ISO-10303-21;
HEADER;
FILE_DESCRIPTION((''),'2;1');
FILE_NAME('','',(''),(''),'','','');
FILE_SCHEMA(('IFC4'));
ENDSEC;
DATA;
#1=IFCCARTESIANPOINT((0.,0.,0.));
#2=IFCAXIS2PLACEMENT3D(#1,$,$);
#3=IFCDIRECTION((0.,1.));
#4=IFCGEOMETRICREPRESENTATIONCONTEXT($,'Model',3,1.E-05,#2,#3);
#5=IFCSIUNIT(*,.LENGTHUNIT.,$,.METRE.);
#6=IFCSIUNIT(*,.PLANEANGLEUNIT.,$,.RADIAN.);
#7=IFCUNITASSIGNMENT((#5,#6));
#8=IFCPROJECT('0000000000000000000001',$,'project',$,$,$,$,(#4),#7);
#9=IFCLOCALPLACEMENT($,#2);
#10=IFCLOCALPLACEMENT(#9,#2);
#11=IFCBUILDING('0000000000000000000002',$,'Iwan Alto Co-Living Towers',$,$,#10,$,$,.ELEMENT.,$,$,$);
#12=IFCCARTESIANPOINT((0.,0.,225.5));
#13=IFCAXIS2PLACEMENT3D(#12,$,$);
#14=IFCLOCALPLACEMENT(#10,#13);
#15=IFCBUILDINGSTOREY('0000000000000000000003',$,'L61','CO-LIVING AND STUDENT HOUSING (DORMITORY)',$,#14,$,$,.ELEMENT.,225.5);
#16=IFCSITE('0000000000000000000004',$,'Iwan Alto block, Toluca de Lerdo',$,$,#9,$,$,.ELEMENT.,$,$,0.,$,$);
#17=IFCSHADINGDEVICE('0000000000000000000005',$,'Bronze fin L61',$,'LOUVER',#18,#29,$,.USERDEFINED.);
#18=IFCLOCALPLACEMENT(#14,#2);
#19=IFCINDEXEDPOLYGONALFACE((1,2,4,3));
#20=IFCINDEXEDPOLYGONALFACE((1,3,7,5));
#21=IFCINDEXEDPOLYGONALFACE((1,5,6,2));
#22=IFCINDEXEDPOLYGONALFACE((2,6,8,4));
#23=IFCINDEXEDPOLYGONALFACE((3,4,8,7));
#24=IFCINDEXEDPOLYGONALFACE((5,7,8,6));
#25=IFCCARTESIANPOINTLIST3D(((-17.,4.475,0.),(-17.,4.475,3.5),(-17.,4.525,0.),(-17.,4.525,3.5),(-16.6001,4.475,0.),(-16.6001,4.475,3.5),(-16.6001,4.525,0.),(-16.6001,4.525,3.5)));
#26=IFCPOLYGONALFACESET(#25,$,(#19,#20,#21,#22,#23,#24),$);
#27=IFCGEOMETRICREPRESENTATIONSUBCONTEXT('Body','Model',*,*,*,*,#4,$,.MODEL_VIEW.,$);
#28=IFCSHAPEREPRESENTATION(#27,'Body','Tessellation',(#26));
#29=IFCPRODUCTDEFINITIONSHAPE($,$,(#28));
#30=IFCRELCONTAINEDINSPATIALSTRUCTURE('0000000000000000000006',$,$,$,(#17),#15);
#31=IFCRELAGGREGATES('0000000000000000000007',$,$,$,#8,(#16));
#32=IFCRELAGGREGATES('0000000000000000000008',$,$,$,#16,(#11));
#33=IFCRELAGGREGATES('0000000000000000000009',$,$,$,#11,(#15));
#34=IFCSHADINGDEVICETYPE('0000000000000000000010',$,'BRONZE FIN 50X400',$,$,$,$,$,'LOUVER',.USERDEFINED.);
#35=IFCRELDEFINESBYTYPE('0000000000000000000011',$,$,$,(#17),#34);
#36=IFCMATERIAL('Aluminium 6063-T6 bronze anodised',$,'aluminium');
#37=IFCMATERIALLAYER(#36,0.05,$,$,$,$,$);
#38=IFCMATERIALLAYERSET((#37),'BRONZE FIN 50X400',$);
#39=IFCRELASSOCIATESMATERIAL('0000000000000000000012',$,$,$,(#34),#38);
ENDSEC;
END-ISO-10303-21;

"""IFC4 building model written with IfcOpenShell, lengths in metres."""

from ifc_helpers import new_model, si_unit, direction, frame, origin, origin_2d, place, context, subcontext, project, spatial, rectangle, extrude, material, layer, layer_set, type_object, element, save


model = new_model("IFC4")

# Units and contexts
model_context = context("Model", 3, precision=1e-05, world=origin(), true_north=direction((0.0, 1.0)))
body_context = subcontext(model_context, "Body", "Model", "MODEL_VIEW")
ifc_project = project(units=[si_unit("LENGTHUNIT", "METRE"), si_unit("PLANEANGLEUNIT", "RADIAN")], contexts=[model_context])

# Site, building, storey
site_placement = place(None, origin())
site = spatial("IfcSite", under=ifc_project, at=site_placement, Name="Iwan Alto block, Toluca de Lerdo", CompositionType="ELEMENT", RefElevation=0.0)
building_placement = place(site_placement, origin())
building = spatial("IfcBuilding", under=site, at=building_placement, Name="Iwan Alto Co-Living Towers", CompositionType="ELEMENT")
storey_placement = place(building_placement, frame((0.0, 0.0, 225.5)))
storey = spatial("IfcBuildingStorey", under=building, at=storey_placement, Name="L61", Description="CO-LIVING AND STUDENT HOUSING (DORMITORY)", CompositionType="ELEMENT", Elevation=225.5)

# Shading device
ifc_material_1 = material(Name="Aluminium 6063-T6 bronze anodised", Category="aluminium")
ifc_layer_1 = layer(ifc_material_1, 0.05)
ifc_layer_set_1 = layer_set([ifc_layer_1], Name="BRONZE FIN 50X400")
shading_device_type = type_object("IfcShadingDeviceType", Name="BRONZE FIN 50X400", ElementType="LOUVER", PredefinedType="USERDEFINED", material=ifc_layer_set_1)
shading_device_placement = place(storey_placement, frame((-16.8, 4.5, 0.0), z_axis=(0.0, 0.0, 1.0), x_axis=(0.0, -1.0, 0.0)))
element("IfcShadingDevice", 1, at=shading_device_placement, inside=storey, type_object=shading_device_type, Name="Bronze fin L61", ObjectType="LOUVER", PredefinedType="USERDEFINED", context=body_context, shape_type="SweptSolid", body=[
    extrude(rectangle(XDim=0.05, YDim=0.3999, at=origin_2d()), origin(), (0.0, 0.0, 1.0), 3.5),
])

save(model, "model.ifc")
